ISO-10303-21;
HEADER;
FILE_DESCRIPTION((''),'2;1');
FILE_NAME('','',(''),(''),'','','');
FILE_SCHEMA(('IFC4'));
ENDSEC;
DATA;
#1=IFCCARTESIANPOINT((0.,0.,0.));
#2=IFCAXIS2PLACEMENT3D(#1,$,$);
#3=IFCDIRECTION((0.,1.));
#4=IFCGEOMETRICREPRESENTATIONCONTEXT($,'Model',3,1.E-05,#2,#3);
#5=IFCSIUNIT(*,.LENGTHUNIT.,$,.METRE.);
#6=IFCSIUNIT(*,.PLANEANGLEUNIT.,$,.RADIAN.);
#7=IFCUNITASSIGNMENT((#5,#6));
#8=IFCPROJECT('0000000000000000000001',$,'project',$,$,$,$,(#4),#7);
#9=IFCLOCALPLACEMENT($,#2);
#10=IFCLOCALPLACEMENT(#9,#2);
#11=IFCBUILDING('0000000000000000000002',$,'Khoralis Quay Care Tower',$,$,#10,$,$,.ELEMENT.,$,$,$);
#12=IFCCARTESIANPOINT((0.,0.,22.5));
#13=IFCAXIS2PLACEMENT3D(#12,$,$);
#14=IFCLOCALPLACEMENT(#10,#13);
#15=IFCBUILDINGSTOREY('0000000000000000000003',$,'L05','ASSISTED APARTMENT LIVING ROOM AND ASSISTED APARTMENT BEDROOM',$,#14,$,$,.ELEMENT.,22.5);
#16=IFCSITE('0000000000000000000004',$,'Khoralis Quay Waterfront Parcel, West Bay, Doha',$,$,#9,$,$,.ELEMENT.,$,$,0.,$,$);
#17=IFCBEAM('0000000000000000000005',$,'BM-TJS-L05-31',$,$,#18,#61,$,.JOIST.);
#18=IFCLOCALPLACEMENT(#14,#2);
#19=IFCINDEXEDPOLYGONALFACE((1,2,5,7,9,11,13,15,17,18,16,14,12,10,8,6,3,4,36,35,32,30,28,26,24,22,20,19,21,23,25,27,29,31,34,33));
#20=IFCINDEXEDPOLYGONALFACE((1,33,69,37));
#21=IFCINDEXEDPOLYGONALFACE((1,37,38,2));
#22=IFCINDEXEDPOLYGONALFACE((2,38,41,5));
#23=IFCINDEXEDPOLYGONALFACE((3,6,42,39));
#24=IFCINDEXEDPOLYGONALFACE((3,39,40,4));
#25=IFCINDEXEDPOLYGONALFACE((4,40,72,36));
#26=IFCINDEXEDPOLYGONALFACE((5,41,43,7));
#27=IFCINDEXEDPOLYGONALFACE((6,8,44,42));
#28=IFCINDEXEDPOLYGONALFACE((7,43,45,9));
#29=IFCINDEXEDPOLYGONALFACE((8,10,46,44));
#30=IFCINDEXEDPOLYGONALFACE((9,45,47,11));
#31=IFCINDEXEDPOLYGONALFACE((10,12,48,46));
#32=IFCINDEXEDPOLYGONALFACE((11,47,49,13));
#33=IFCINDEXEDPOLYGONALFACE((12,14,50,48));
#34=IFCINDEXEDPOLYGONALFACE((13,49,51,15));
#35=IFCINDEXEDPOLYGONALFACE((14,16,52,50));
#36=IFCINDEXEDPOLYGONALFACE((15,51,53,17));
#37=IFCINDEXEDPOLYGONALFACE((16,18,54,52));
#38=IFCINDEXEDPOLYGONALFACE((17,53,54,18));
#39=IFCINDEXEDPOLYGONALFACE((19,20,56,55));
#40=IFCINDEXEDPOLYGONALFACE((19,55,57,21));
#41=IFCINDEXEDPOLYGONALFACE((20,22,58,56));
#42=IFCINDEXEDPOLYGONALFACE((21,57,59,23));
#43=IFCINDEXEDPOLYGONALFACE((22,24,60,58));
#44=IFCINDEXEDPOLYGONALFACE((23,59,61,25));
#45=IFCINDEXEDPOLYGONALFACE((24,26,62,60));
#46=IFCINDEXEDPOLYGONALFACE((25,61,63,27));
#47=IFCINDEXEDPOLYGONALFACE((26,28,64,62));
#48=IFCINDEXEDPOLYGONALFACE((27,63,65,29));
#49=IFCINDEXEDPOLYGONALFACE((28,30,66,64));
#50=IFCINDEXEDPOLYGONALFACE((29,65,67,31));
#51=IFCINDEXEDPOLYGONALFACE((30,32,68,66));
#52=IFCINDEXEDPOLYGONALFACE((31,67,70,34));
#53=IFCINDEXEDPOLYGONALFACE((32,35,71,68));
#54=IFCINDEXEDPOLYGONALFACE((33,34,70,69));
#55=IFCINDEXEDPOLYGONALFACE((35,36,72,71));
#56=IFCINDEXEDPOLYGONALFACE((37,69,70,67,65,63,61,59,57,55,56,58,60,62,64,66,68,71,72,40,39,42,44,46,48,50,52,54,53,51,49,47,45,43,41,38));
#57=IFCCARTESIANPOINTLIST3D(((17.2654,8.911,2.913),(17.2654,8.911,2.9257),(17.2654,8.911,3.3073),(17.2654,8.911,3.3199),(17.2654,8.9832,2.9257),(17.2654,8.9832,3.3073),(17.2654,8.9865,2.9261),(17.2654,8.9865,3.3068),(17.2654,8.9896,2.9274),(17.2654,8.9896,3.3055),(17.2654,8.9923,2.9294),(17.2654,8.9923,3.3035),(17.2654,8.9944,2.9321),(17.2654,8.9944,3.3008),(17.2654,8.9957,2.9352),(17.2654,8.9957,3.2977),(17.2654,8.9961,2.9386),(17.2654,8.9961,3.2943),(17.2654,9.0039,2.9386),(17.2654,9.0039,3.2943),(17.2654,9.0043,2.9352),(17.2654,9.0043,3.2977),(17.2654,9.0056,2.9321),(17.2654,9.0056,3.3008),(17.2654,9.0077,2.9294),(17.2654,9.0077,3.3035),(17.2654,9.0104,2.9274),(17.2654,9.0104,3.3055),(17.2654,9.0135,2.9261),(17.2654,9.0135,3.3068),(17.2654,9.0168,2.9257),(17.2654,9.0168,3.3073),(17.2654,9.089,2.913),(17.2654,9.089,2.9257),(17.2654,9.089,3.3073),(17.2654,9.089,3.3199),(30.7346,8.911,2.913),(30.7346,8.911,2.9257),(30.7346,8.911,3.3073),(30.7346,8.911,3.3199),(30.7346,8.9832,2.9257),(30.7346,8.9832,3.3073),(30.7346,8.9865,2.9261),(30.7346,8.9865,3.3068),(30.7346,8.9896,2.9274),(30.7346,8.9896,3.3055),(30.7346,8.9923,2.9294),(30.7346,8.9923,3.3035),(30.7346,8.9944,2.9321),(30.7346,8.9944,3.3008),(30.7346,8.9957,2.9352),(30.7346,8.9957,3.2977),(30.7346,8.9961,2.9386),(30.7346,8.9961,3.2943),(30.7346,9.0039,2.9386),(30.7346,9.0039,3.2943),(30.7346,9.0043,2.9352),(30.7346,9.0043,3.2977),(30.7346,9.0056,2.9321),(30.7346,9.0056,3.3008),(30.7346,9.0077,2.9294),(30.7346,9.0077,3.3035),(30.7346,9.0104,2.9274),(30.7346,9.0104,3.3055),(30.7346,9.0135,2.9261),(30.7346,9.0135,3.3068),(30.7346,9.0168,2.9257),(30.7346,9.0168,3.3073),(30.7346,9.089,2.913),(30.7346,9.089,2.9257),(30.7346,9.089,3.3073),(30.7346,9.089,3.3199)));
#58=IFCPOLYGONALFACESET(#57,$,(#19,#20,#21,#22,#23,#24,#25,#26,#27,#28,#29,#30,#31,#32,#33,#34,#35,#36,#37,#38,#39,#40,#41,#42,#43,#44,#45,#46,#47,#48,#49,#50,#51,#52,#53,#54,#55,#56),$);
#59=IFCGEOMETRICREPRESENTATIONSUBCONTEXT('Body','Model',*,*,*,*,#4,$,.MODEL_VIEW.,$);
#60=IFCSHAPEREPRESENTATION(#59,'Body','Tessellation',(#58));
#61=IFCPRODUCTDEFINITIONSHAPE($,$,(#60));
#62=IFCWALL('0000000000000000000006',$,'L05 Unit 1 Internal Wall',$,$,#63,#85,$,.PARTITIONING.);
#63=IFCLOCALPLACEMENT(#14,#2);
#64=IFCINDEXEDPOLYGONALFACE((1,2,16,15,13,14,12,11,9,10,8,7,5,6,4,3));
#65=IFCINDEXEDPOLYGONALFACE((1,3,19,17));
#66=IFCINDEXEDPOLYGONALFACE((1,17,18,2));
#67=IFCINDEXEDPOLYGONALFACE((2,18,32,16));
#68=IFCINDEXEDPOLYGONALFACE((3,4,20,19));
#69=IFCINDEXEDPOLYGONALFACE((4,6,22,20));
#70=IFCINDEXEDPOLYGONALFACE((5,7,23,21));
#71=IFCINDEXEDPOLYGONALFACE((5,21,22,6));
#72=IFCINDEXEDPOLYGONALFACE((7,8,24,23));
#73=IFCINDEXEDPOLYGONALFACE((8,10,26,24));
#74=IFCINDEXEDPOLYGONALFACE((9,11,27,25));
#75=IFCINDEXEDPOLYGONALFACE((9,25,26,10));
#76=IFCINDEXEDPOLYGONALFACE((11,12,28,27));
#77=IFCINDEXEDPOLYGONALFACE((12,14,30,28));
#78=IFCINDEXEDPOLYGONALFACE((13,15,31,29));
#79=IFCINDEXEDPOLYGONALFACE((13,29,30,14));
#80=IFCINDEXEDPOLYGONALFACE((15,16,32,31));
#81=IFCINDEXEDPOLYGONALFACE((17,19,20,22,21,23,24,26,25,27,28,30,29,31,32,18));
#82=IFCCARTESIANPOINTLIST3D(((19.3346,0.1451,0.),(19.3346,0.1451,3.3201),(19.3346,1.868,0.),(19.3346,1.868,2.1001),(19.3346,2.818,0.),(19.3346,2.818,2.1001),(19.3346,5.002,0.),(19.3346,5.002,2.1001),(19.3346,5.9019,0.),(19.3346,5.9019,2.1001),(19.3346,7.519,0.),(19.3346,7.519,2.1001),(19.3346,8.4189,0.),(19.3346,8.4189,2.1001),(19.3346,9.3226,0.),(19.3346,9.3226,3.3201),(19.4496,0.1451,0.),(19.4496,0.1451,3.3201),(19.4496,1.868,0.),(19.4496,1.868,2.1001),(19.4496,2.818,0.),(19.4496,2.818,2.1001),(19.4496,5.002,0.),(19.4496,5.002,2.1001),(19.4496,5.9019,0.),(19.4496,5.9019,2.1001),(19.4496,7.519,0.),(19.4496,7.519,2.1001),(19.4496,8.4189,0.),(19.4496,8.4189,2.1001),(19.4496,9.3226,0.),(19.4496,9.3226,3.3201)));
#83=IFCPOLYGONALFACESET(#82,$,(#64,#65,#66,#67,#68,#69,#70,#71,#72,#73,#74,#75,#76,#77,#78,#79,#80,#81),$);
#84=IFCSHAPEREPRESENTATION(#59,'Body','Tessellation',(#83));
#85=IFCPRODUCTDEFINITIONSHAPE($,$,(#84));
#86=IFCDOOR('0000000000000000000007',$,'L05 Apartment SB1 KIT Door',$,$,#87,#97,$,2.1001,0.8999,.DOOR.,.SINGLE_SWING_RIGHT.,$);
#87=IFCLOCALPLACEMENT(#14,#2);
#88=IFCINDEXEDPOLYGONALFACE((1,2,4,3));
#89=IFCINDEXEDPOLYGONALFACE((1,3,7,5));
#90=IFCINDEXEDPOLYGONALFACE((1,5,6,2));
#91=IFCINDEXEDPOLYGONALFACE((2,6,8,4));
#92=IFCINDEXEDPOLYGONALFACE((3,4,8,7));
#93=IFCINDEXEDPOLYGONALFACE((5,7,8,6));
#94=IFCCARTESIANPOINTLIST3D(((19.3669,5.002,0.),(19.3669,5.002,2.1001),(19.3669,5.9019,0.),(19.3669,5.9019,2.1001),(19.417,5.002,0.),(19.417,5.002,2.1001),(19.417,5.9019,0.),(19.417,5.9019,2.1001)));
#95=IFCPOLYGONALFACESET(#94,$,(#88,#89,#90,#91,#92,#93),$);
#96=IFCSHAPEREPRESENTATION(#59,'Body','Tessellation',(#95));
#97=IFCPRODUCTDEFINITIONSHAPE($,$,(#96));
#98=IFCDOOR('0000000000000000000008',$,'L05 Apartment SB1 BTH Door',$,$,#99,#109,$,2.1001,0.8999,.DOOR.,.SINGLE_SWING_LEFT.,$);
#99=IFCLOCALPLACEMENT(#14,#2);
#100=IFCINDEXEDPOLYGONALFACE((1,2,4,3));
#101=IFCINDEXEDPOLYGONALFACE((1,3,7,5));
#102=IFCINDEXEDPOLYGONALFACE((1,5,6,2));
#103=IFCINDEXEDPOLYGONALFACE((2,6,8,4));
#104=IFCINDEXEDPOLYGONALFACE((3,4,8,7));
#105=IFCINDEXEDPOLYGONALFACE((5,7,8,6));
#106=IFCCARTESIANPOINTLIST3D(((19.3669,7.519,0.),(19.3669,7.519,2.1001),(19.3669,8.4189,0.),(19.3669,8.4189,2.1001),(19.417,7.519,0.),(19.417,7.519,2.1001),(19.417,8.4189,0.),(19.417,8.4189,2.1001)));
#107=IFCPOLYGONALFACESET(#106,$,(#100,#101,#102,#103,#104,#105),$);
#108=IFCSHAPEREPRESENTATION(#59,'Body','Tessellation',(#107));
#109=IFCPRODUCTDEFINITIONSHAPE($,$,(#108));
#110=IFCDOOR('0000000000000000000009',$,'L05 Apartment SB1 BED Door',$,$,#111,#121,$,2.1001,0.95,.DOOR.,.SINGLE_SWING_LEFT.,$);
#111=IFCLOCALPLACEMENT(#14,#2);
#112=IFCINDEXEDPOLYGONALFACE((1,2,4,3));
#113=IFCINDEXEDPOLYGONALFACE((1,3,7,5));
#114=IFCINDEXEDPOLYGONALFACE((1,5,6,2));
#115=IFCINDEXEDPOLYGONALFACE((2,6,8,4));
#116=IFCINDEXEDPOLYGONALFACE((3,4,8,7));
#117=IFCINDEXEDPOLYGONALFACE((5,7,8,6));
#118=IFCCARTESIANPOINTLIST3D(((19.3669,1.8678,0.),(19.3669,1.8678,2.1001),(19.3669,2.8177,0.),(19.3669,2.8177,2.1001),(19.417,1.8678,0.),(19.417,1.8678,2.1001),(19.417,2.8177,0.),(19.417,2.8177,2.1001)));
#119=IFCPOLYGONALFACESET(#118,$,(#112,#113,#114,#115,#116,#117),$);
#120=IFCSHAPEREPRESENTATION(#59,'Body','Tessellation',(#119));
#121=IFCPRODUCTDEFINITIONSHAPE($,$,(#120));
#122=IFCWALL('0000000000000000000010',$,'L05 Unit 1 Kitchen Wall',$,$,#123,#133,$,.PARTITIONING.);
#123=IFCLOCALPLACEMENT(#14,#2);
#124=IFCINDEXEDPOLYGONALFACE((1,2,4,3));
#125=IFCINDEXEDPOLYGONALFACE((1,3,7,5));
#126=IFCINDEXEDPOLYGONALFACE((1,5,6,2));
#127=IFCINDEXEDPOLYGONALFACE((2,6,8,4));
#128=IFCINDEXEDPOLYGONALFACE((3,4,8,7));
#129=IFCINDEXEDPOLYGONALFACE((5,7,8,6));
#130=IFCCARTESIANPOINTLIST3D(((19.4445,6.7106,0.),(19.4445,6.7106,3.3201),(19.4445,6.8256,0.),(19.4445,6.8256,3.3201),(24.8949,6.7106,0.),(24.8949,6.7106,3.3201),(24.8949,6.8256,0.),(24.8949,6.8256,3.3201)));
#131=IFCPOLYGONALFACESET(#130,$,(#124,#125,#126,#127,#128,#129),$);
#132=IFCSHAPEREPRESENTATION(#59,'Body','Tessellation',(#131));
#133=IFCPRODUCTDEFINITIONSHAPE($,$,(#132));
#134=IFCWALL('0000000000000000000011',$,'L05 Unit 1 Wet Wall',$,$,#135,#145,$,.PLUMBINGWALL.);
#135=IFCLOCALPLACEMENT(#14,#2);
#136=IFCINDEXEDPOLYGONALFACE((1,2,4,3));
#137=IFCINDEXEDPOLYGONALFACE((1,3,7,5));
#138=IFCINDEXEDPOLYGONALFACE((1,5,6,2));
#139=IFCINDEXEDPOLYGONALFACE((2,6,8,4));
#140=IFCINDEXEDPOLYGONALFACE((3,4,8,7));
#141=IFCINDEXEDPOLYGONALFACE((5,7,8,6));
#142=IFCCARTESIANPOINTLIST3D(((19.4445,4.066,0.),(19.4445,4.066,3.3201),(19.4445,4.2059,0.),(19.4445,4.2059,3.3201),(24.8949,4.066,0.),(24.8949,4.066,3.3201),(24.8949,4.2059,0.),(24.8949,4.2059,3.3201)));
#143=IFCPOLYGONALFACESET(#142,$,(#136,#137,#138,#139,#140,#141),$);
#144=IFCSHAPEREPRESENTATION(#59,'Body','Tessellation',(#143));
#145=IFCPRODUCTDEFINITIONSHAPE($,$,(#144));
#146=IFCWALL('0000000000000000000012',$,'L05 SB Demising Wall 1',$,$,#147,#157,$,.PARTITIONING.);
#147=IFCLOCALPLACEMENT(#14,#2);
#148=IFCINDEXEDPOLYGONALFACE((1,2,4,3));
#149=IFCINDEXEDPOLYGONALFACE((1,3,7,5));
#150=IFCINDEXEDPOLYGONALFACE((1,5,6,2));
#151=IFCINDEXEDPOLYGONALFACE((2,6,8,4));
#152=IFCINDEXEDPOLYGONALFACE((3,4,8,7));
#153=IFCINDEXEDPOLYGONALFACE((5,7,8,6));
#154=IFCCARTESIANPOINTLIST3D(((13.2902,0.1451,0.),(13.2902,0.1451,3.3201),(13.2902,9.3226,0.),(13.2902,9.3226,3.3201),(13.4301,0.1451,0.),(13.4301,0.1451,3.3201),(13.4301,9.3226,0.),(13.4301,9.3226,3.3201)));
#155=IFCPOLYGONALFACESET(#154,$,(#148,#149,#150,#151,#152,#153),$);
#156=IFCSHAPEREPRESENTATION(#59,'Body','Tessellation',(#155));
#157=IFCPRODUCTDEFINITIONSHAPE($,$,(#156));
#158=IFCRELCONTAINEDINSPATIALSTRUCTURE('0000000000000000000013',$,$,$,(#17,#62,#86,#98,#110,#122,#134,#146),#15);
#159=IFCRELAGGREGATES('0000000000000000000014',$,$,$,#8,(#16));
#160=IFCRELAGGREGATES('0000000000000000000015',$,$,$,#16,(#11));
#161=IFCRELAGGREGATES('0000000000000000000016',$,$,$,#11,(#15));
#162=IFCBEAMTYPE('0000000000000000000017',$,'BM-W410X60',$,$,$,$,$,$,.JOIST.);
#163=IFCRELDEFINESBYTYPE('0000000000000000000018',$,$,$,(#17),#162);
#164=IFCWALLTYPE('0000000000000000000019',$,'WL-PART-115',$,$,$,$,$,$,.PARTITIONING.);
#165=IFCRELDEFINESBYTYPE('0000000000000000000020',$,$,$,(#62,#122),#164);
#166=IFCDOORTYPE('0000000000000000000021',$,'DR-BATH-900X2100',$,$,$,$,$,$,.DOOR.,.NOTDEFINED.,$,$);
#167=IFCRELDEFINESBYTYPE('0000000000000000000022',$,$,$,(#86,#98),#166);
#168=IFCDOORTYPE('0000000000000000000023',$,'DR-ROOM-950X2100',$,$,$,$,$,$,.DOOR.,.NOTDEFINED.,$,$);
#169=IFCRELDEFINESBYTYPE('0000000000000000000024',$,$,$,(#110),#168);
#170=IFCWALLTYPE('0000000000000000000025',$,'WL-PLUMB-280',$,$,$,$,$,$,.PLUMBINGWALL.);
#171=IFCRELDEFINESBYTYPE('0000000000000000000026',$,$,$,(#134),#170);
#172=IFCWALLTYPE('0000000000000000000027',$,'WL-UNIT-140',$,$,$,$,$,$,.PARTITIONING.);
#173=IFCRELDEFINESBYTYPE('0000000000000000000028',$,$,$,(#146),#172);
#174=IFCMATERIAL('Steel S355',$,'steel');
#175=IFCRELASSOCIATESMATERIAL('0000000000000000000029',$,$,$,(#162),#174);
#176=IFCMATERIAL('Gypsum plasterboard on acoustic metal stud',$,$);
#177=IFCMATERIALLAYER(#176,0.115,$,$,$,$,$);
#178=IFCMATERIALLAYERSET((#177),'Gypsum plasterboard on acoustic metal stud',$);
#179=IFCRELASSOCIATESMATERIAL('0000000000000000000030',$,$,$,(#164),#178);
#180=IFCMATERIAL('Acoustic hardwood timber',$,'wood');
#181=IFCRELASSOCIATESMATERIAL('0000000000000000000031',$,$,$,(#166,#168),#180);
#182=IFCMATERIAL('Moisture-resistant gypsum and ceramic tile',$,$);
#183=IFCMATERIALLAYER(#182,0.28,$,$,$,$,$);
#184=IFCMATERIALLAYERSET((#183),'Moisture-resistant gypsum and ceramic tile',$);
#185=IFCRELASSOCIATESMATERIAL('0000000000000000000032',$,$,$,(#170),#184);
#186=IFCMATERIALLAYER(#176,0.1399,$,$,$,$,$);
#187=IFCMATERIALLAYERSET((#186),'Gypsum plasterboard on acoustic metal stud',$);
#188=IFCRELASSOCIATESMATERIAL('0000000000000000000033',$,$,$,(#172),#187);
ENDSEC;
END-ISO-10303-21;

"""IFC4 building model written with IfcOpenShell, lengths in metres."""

from ifc_helpers import new_model, si_unit, direction, frame, frame_2d, origin, origin_2d, place, context, subcontext, project, spatial, rectangle, i_section, extrude, source, transform, mapped, material, layer, layer_set, material_profile, profile_set, type_object, element, fill, save


model = new_model("IFC4")

# Units and contexts
model_context = context("Model", 3, precision=1e-05, world=origin(), true_north=direction((0.0, 1.0)))
body_context = subcontext(model_context, "Body", "Model", "MODEL_VIEW")
ifc_project = project(units=[si_unit("LENGTHUNIT", "METRE"), si_unit("PLANEANGLEUNIT", "RADIAN")], contexts=[model_context])

# Site, building, storey
site_placement = place(None, origin())
site = spatial("IfcSite", under=ifc_project, at=site_placement, Name="Khoralis Quay Waterfront Parcel, West Bay, Doha", CompositionType="ELEMENT", RefElevation=0.0)
building_placement = place(site_placement, origin())
building = spatial("IfcBuilding", under=site, at=building_placement, Name="Khoralis Quay Care Tower", CompositionType="ELEMENT")
storey_placement = place(building_placement, frame((0.0, 0.0, 22.5)))
storey = spatial("IfcBuildingStorey", under=building, at=storey_placement, Name="L05", Description="ASSISTED APARTMENT LIVING ROOM AND ASSISTED APARTMENT BEDROOM", CompositionType="ELEMENT", Elevation=22.5)

# Beam
ifc_material_1 = material(Name="Steel S355", Category="steel")
ifc_material_profile_1 = material_profile(ifc_material_1, i_section(OverallWidth=0.178, OverallDepth=0.407, WebThickness=0.0078, FlangeThickness=0.0127, FilletRadius=0.0129, at=origin_2d()), Name="Steel S355")
ifc_profile_set_1 = profile_set([ifc_material_profile_1], Name="Steel S355")
beam_type_1 = type_object("IfcBeamType", Name="BM-W410X60", PredefinedType="JOIST", material=ifc_profile_set_1)
shared_shape_1 = source(origin(), body_context, "Body", "SweptSolid", [
    extrude(i_section(OverallWidth=0.178, OverallDepth=0.407, WebThickness=0.0078, FlangeThickness=0.0127, FilletRadius=0.0129, at=origin_2d()), origin(), (0.0, 0.0, 1.0), 13.4692),
])
beam_1_placement = place(storey_placement, frame((17.2654, 9.0, 3.1165), z_axis=(1.0, 0.0, 0.0), x_axis=(0.0, 1.0, 0.0)))
element("IfcBeam", 1, at=beam_1_placement, inside=storey, type_object=beam_type_1, Name="BM-TJS-L05-31", PredefinedType="JOIST", context=body_context, shape_type="MappedRepresentation", body=[
    mapped(shared_shape_1, transform((0.0, 0.0, 0.0), scale=1.0)),
])

# Wall, openings, doors
ifc_material_2 = material(Name="Gypsum plasterboard on acoustic metal stud")
ifc_layer_1 = layer(ifc_material_2, 0.115)
ifc_layer_set_1 = layer_set([ifc_layer_1], Name="Gypsum plasterboard on acoustic metal stud")
wall_type_1 = type_object("IfcWallType", Name="WL-PART-115", PredefinedType="PARTITIONING", material=ifc_layer_set_1)
wall_1_placement = place(storey_placement, frame((19.3921, 0.145, 0.0), z_axis=(0.0, 0.0, 1.0), x_axis=(0.0, 1.0, 0.0)))
wall_1 = element("IfcWall", 2, at=wall_1_placement, inside=storey, type_object=wall_type_1, Name="L05 Unit 1 Internal Wall", PredefinedType="PARTITIONING", context=body_context, shape_type="SweptSolid", body=[
    extrude(rectangle(XDim=9.1775, YDim=0.115, at=frame_2d((4.5889, 0.0))), origin(), (0.0, 0.0, 1.0), 3.3201),
])
opening_1_placement = place(wall_1_placement, frame((1.7229, 0.0, 0.0)))
opening_1 = element("IfcOpeningElement", 3, at=opening_1_placement, cuts=wall_1, PredefinedType="OPENING", context=body_context, shape_type="SweptSolid", body=[
    extrude(rectangle(XDim=0.95, YDim=2.1001, at=frame_2d((0.4751, 1.05))), frame((0.0, 0.0674, 0.0), z_axis=(0.0, -1.0, 0.0), x_axis=(1.0, 0.0, 0.0)), (0.0, 0.0, 1.0), 0.135),
])
opening_2_placement = place(wall_1_placement, frame((4.8569, 0.0, 0.0)))
opening_2 = element("IfcOpeningElement", 4, at=opening_2_placement, cuts=wall_1, PredefinedType="OPENING", context=body_context, shape_type="SweptSolid", body=[
    extrude(rectangle(XDim=0.8999, YDim=2.1001, at=frame_2d((0.45, 1.05))), frame((0.0, 0.0674, 0.0), z_axis=(0.0, -1.0, 0.0), x_axis=(1.0, 0.0, 0.0)), (0.0, 0.0, 1.0), 0.135),
])
opening_3_placement = place(wall_1_placement, frame((7.374, 0.0, 0.0)))
opening_3 = element("IfcOpeningElement", 5, at=opening_3_placement, cuts=wall_1, PredefinedType="OPENING", context=body_context, shape_type="SweptSolid", body=[
    extrude(rectangle(XDim=0.8999, YDim=2.1001, at=frame_2d((0.45, 1.05))), frame((0.0, 0.0674, 0.0), z_axis=(0.0, -1.0, 0.0), x_axis=(1.0, 0.0, 0.0)), (0.0, 0.0, 1.0), 0.135),
])
ifc_material_3 = material(Name="Acoustic hardwood timber", Category="wood")
door_type_1 = type_object("IfcDoorType", Name="DR-BATH-900X2100", OperationType="NOTDEFINED", PredefinedType="DOOR", material=ifc_material_3)
shared_shape_2 = source(origin(), body_context, "Body", "SweptSolid", [
    extrude(rectangle(XDim=0.8999, YDim=2.1001, at=frame_2d((0.45, 1.05))), frame((0.0, 0.0249, 0.0), z_axis=(0.0, -1.0, 0.0), x_axis=(1.0, 0.0, 0.0)), (0.0, 0.0, 1.0), 0.05),
])
door_1_placement = place(opening_2_placement, frame((0.8999, 0.0, 0.0), z_axis=(0.0, 0.0, 1.0), x_axis=(-1.0, 0.0, 0.0)))
door_1 = element("IfcDoor", 6, at=door_1_placement, inside=storey, type_object=door_type_1, Name="L05 Apartment SB1 KIT Door", OperationType="SINGLE_SWING_RIGHT", OverallHeight=2.1001, OverallWidth=0.8999, PredefinedType="DOOR", context=body_context, shape_type="MappedRepresentation", body=[
    mapped(shared_shape_2, transform((0.0, 0.0, 0.0), scale=1.0)),
])
fill(opening_2, door_1)
door_2_placement = place(opening_3_placement, frame((0.8999, 0.0, 0.0), z_axis=(0.0, 0.0, 1.0), x_axis=(-1.0, 0.0, 0.0)))
door_2 = element("IfcDoor", 7, at=door_2_placement, inside=storey, type_object=door_type_1, Name="L05 Apartment SB1 BTH Door", OperationType="SINGLE_SWING_LEFT", OverallHeight=2.1001, OverallWidth=0.8999, PredefinedType="DOOR", context=body_context, shape_type="MappedRepresentation", body=[
    mapped(shared_shape_2, transform((0.0, 0.0, 0.0), scale=1.0)),
])
fill(opening_3, door_2)
door_type_2 = type_object("IfcDoorType", Name="DR-ROOM-950X2100", OperationType="NOTDEFINED", PredefinedType="DOOR", material=ifc_material_3)
shared_shape_3 = source(origin(), body_context, "Body", "SweptSolid", [
    extrude(rectangle(XDim=0.95, YDim=2.1001, at=frame_2d((0.4751, 1.05))), frame((0.0, 0.0249, 0.0), z_axis=(0.0, -1.0, 0.0), x_axis=(1.0, 0.0, 0.0)), (0.0, 0.0, 1.0), 0.05),
])
door_3_placement = place(opening_1_placement, frame((0.95, 0.0, 0.0), z_axis=(0.0, 0.0, 1.0), x_axis=(-1.0, 0.0, 0.0)))
door_3 = element("IfcDoor", 8, at=door_3_placement, inside=storey, type_object=door_type_2, Name="L05 Apartment SB1 BED Door", OperationType="SINGLE_SWING_LEFT", OverallHeight=2.1001, OverallWidth=0.95, PredefinedType="DOOR", context=body_context, shape_type="MappedRepresentation", body=[
    mapped(shared_shape_3, transform((0.0, 0.0, 0.0), scale=1.0)),
])
fill(opening_1, door_3)

# Walls
wall_2_placement = place(storey_placement, frame((19.4446, 6.7681, 0.0), z_axis=(0.0, 0.0, 1.0), x_axis=(1.0, 0.0, 0.0)))
element("IfcWall", 9, at=wall_2_placement, inside=storey, type_object=wall_type_1, Name="L05 Unit 1 Kitchen Wall", PredefinedType="PARTITIONING", context=body_context, shape_type="SweptSolid", body=[
    extrude(rectangle(XDim=5.4504, YDim=0.115, at=frame_2d((2.7251, 0.0))), origin(), (0.0, 0.0, 1.0), 3.3201),
])
ifc_material_4 = material(Name="Moisture-resistant gypsum and ceramic tile")
ifc_layer_2 = layer(ifc_material_4, 0.28)
ifc_layer_set_2 = layer_set([ifc_layer_2], Name="Moisture-resistant gypsum and ceramic tile")
wall_type_2 = type_object("IfcWallType", Name="WL-PLUMB-280", PredefinedType="PLUMBINGWALL", material=ifc_layer_set_2)
wall_3_placement = place(storey_placement, frame((19.4446, 4.136, 0.0), z_axis=(0.0, 0.0, 1.0), x_axis=(1.0, 0.0, 0.0)))
element("IfcWall", 10, at=wall_3_placement, inside=storey, type_object=wall_type_2, Name="L05 Unit 1 Wet Wall", PredefinedType="PLUMBINGWALL", context=body_context, shape_type="SweptSolid", body=[
    extrude(rectangle(XDim=5.4504, YDim=0.1399, at=frame_2d((2.7251, 0.0))), origin(), (0.0, 0.0, 1.0), 3.3201),
])
ifc_layer_3 = layer(ifc_material_2, 0.1399)
ifc_layer_set_3 = layer_set([ifc_layer_3], Name="Gypsum plasterboard on acoustic metal stud")
wall_type_3 = type_object("IfcWallType", Name="WL-UNIT-140", PredefinedType="PARTITIONING", material=ifc_layer_set_3)
wall_4_placement = place(storey_placement, frame((13.3601, 0.145, 0.0), z_axis=(0.0, 0.0, 1.0), x_axis=(0.0, 1.0, 0.0)))
element("IfcWall", 11, at=wall_4_placement, inside=storey, type_object=wall_type_3, Name="L05 SB Demising Wall 1", PredefinedType="PARTITIONING", context=body_context, shape_type="SweptSolid", body=[
    extrude(rectangle(XDim=9.1775, YDim=0.1399, at=frame_2d((4.5889, 0.0))), origin(), (0.0, 0.0, 1.0), 3.3201),
])

save(model, "model.ifc")
